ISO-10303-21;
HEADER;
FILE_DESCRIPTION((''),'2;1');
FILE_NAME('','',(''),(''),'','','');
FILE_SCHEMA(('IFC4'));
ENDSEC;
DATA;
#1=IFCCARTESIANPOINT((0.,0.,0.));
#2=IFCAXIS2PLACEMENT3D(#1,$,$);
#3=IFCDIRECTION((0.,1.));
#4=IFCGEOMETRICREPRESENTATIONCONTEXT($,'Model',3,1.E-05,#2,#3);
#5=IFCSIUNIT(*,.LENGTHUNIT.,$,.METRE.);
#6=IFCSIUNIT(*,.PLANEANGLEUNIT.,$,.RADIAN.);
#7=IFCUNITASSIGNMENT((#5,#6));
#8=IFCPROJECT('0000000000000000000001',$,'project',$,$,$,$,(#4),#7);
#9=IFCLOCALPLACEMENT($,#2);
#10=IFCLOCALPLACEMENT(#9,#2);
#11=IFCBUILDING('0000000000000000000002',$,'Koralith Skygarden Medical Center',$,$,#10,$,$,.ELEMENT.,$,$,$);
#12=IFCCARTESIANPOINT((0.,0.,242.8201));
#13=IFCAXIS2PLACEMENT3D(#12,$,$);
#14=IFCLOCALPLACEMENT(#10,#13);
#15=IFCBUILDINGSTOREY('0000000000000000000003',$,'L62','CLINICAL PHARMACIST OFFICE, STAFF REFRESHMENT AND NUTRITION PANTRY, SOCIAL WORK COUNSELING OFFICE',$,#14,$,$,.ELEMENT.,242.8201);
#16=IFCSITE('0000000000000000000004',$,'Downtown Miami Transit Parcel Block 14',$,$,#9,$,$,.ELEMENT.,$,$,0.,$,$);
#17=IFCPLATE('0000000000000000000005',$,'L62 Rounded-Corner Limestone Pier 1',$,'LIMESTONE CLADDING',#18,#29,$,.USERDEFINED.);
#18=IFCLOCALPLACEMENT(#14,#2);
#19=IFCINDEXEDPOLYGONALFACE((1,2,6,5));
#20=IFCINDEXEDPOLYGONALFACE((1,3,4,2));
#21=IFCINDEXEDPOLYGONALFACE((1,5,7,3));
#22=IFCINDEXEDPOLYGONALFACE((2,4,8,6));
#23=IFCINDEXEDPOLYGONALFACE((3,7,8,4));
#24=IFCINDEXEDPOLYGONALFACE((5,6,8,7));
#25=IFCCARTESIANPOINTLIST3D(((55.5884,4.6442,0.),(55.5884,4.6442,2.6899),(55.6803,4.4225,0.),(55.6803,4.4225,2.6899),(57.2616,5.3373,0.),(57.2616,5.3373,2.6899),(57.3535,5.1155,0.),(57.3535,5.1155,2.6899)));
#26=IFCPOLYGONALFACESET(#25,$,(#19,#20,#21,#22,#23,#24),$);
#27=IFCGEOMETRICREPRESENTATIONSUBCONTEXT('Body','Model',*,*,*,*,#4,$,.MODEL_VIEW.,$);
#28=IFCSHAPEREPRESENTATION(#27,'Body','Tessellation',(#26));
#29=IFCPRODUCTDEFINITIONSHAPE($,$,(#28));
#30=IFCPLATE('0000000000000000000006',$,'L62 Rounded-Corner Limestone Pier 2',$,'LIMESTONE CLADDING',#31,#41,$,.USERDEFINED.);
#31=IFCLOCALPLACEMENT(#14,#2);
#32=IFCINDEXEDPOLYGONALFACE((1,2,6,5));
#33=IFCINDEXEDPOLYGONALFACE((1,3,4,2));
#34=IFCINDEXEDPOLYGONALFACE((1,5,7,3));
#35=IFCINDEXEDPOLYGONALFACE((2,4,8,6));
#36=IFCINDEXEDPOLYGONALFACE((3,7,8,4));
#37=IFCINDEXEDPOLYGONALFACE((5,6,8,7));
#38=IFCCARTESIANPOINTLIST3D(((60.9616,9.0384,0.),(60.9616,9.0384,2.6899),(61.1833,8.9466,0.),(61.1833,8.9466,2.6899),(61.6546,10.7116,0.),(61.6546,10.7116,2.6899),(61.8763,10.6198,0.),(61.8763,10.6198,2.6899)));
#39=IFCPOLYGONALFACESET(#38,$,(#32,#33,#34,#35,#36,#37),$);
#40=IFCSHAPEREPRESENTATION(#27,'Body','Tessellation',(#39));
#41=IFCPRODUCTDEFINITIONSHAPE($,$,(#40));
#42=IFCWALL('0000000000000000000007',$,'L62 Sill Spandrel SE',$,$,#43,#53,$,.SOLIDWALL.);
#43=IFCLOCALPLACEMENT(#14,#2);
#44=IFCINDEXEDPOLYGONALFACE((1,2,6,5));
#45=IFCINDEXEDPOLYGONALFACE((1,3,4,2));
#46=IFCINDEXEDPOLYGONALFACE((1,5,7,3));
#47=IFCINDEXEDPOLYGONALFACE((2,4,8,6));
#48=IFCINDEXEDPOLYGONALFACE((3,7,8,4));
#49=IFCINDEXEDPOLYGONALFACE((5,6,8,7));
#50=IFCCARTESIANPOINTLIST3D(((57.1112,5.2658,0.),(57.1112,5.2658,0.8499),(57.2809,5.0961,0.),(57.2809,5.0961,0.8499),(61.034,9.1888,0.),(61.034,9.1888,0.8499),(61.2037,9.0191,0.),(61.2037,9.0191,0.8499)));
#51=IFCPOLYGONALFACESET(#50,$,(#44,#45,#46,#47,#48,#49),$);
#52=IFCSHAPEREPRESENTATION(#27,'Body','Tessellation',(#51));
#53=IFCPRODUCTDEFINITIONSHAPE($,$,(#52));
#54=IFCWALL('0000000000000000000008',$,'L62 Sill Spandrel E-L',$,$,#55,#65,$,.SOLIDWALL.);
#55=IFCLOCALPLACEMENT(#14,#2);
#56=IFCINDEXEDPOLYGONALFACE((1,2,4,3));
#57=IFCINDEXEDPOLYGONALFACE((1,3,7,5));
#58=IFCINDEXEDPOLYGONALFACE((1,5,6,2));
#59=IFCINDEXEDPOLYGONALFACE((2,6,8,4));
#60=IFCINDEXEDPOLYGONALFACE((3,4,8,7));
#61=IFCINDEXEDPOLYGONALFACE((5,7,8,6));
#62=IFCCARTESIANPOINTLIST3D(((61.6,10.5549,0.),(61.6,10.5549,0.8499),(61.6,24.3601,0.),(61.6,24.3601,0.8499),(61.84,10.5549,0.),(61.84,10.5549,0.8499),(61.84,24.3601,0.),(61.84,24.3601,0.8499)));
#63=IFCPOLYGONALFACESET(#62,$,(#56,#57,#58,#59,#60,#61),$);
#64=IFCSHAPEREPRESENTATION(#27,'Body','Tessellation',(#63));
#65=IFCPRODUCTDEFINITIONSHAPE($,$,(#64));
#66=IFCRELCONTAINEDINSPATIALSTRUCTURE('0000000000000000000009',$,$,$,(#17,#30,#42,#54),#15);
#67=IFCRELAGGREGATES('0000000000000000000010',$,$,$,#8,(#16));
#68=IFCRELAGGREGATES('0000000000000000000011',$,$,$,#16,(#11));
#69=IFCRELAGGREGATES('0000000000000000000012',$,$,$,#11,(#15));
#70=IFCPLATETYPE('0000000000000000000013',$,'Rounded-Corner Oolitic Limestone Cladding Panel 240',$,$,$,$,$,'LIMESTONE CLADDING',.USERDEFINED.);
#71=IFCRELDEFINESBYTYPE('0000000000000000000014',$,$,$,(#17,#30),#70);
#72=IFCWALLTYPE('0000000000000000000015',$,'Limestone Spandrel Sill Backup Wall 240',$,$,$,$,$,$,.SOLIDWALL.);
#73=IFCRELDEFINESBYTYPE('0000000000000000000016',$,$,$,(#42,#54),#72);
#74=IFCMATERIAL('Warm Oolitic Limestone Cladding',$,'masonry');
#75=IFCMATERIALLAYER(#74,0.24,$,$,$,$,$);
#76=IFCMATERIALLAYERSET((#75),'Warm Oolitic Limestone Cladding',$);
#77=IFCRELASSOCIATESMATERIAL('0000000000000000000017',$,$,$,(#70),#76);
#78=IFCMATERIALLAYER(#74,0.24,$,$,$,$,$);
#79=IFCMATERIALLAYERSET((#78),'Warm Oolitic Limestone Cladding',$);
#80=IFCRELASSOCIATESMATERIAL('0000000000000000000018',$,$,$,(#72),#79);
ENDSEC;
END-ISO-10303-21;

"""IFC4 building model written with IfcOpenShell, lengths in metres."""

from ifc_helpers import new_model, si_unit, direction, frame, frame_2d, origin, origin_2d, place, context, subcontext, project, spatial, rectangle, extrude, material, layer, layer_set, type_object, element, save


model = new_model("IFC4")

# Units and contexts
model_context = context("Model", 3, precision=1e-05, world=origin(), true_north=direction((0.0, 1.0)))
body_context = subcontext(model_context, "Body", "Model", "MODEL_VIEW")
ifc_project = project(units=[si_unit("LENGTHUNIT", "METRE"), si_unit("PLANEANGLEUNIT", "RADIAN")], contexts=[model_context])

# Site, building, storey
site_placement = place(None, origin())
site = spatial("IfcSite", under=ifc_project, at=site_placement, Name="Downtown Miami Transit Parcel Block 14", CompositionType="ELEMENT", RefElevation=0.0)
building_placement = place(site_placement, origin())
building = spatial("IfcBuilding", under=site, at=building_placement, Name="Koralith Skygarden Medical Center", CompositionType="ELEMENT")
storey_placement = place(building_placement, frame((0.0, 0.0, 242.8201)))
storey = spatial("IfcBuildingStorey", under=building, at=storey_placement, Name="L62", Description="CLINICAL PHARMACIST OFFICE, STAFF REFRESHMENT AND NUTRITION PANTRY, SOCIAL WORK COUNSELING OFFICE", CompositionType="ELEMENT", Elevation=242.8201)

# Plates
ifc_material_1 = material(Name="Warm Oolitic Limestone Cladding", Category="masonry")
ifc_layer_1 = layer(ifc_material_1, 0.24)
ifc_layer_set_1 = layer_set([ifc_layer_1], Name="Warm Oolitic Limestone Cladding")
plate_type_1 = type_object("IfcPlateType", Name="Rounded-Corner Oolitic Limestone Cladding Panel 240", ElementType="LIMESTONE CLADDING", PredefinedType="USERDEFINED", material=ifc_layer_set_1)
for number, where, z_axis, x_axis, name in (
    (1, (56.4709, 4.8799, 0.0), (0.0, 0.0, 1.0), (0.923885, 0.382671, 0.0), "L62 Rounded-Corner Limestone Pier 1"),
    (2, (61.4189, 9.8291, 0.0), (0.0, 0.0, 1.0), (0.382671, 0.923885, 0.0), "L62 Rounded-Corner Limestone Pier 2"),
):
    element("IfcPlate", number, at=place(storey_placement, frame(where, z_axis=z_axis, x_axis=x_axis)), inside=storey, type_object=plate_type_1, Name=name, ObjectType="LIMESTONE CLADDING", PredefinedType="USERDEFINED", context=body_context, shape_type="SweptSolid", body=[
        extrude(rectangle(XDim=1.811, YDim=0.24, at=origin_2d()), origin(), (0.0, 0.0, 1.0), 2.6899),
    ])

# Walls
ifc_layer_2 = layer(ifc_material_1, 0.24)
ifc_layer_set_2 = layer_set([ifc_layer_2], Name="Warm Oolitic Limestone Cladding")
wall_type = type_object("IfcWallType", Name="Limestone Spandrel Sill Backup Wall 240", PredefinedType="SOLIDWALL", material=ifc_layer_set_2)
wall_1_placement = place(storey_placement, frame((57.196, 5.1809, 0.0), z_axis=(0.0, 0.0, 1.0), x_axis=(0.707085, 0.707129, 0.0)))
element("IfcWall", 3, at=wall_1_placement, inside=storey, type_object=wall_type, Name="L62 Sill Spandrel SE", PredefinedType="SOLIDWALL", context=body_context, shape_type="SweptSolid", body=[
    extrude(rectangle(XDim=5.5479, YDim=0.24, at=frame_2d((2.7739, 0.0))), origin(), (0.0, 0.0, 1.0), 0.8499),
])
wall_2_placement = place(storey_placement, frame((61.72, 10.5549, 0.0), z_axis=(0.0, 0.0, 1.0), x_axis=(0.0, 1.0, 0.0)))
element("IfcWall", 4, at=wall_2_placement, inside=storey, type_object=wall_type, Name="L62 Sill Spandrel E-L", PredefinedType="SOLIDWALL", context=body_context, shape_type="SweptSolid", body=[
    extrude(rectangle(XDim=13.8052, YDim=0.24, at=frame_2d((6.9026, 0.0))), origin(), (0.0, 0.0, 1.0), 0.8499),
])

save(model, "model.ifc")
